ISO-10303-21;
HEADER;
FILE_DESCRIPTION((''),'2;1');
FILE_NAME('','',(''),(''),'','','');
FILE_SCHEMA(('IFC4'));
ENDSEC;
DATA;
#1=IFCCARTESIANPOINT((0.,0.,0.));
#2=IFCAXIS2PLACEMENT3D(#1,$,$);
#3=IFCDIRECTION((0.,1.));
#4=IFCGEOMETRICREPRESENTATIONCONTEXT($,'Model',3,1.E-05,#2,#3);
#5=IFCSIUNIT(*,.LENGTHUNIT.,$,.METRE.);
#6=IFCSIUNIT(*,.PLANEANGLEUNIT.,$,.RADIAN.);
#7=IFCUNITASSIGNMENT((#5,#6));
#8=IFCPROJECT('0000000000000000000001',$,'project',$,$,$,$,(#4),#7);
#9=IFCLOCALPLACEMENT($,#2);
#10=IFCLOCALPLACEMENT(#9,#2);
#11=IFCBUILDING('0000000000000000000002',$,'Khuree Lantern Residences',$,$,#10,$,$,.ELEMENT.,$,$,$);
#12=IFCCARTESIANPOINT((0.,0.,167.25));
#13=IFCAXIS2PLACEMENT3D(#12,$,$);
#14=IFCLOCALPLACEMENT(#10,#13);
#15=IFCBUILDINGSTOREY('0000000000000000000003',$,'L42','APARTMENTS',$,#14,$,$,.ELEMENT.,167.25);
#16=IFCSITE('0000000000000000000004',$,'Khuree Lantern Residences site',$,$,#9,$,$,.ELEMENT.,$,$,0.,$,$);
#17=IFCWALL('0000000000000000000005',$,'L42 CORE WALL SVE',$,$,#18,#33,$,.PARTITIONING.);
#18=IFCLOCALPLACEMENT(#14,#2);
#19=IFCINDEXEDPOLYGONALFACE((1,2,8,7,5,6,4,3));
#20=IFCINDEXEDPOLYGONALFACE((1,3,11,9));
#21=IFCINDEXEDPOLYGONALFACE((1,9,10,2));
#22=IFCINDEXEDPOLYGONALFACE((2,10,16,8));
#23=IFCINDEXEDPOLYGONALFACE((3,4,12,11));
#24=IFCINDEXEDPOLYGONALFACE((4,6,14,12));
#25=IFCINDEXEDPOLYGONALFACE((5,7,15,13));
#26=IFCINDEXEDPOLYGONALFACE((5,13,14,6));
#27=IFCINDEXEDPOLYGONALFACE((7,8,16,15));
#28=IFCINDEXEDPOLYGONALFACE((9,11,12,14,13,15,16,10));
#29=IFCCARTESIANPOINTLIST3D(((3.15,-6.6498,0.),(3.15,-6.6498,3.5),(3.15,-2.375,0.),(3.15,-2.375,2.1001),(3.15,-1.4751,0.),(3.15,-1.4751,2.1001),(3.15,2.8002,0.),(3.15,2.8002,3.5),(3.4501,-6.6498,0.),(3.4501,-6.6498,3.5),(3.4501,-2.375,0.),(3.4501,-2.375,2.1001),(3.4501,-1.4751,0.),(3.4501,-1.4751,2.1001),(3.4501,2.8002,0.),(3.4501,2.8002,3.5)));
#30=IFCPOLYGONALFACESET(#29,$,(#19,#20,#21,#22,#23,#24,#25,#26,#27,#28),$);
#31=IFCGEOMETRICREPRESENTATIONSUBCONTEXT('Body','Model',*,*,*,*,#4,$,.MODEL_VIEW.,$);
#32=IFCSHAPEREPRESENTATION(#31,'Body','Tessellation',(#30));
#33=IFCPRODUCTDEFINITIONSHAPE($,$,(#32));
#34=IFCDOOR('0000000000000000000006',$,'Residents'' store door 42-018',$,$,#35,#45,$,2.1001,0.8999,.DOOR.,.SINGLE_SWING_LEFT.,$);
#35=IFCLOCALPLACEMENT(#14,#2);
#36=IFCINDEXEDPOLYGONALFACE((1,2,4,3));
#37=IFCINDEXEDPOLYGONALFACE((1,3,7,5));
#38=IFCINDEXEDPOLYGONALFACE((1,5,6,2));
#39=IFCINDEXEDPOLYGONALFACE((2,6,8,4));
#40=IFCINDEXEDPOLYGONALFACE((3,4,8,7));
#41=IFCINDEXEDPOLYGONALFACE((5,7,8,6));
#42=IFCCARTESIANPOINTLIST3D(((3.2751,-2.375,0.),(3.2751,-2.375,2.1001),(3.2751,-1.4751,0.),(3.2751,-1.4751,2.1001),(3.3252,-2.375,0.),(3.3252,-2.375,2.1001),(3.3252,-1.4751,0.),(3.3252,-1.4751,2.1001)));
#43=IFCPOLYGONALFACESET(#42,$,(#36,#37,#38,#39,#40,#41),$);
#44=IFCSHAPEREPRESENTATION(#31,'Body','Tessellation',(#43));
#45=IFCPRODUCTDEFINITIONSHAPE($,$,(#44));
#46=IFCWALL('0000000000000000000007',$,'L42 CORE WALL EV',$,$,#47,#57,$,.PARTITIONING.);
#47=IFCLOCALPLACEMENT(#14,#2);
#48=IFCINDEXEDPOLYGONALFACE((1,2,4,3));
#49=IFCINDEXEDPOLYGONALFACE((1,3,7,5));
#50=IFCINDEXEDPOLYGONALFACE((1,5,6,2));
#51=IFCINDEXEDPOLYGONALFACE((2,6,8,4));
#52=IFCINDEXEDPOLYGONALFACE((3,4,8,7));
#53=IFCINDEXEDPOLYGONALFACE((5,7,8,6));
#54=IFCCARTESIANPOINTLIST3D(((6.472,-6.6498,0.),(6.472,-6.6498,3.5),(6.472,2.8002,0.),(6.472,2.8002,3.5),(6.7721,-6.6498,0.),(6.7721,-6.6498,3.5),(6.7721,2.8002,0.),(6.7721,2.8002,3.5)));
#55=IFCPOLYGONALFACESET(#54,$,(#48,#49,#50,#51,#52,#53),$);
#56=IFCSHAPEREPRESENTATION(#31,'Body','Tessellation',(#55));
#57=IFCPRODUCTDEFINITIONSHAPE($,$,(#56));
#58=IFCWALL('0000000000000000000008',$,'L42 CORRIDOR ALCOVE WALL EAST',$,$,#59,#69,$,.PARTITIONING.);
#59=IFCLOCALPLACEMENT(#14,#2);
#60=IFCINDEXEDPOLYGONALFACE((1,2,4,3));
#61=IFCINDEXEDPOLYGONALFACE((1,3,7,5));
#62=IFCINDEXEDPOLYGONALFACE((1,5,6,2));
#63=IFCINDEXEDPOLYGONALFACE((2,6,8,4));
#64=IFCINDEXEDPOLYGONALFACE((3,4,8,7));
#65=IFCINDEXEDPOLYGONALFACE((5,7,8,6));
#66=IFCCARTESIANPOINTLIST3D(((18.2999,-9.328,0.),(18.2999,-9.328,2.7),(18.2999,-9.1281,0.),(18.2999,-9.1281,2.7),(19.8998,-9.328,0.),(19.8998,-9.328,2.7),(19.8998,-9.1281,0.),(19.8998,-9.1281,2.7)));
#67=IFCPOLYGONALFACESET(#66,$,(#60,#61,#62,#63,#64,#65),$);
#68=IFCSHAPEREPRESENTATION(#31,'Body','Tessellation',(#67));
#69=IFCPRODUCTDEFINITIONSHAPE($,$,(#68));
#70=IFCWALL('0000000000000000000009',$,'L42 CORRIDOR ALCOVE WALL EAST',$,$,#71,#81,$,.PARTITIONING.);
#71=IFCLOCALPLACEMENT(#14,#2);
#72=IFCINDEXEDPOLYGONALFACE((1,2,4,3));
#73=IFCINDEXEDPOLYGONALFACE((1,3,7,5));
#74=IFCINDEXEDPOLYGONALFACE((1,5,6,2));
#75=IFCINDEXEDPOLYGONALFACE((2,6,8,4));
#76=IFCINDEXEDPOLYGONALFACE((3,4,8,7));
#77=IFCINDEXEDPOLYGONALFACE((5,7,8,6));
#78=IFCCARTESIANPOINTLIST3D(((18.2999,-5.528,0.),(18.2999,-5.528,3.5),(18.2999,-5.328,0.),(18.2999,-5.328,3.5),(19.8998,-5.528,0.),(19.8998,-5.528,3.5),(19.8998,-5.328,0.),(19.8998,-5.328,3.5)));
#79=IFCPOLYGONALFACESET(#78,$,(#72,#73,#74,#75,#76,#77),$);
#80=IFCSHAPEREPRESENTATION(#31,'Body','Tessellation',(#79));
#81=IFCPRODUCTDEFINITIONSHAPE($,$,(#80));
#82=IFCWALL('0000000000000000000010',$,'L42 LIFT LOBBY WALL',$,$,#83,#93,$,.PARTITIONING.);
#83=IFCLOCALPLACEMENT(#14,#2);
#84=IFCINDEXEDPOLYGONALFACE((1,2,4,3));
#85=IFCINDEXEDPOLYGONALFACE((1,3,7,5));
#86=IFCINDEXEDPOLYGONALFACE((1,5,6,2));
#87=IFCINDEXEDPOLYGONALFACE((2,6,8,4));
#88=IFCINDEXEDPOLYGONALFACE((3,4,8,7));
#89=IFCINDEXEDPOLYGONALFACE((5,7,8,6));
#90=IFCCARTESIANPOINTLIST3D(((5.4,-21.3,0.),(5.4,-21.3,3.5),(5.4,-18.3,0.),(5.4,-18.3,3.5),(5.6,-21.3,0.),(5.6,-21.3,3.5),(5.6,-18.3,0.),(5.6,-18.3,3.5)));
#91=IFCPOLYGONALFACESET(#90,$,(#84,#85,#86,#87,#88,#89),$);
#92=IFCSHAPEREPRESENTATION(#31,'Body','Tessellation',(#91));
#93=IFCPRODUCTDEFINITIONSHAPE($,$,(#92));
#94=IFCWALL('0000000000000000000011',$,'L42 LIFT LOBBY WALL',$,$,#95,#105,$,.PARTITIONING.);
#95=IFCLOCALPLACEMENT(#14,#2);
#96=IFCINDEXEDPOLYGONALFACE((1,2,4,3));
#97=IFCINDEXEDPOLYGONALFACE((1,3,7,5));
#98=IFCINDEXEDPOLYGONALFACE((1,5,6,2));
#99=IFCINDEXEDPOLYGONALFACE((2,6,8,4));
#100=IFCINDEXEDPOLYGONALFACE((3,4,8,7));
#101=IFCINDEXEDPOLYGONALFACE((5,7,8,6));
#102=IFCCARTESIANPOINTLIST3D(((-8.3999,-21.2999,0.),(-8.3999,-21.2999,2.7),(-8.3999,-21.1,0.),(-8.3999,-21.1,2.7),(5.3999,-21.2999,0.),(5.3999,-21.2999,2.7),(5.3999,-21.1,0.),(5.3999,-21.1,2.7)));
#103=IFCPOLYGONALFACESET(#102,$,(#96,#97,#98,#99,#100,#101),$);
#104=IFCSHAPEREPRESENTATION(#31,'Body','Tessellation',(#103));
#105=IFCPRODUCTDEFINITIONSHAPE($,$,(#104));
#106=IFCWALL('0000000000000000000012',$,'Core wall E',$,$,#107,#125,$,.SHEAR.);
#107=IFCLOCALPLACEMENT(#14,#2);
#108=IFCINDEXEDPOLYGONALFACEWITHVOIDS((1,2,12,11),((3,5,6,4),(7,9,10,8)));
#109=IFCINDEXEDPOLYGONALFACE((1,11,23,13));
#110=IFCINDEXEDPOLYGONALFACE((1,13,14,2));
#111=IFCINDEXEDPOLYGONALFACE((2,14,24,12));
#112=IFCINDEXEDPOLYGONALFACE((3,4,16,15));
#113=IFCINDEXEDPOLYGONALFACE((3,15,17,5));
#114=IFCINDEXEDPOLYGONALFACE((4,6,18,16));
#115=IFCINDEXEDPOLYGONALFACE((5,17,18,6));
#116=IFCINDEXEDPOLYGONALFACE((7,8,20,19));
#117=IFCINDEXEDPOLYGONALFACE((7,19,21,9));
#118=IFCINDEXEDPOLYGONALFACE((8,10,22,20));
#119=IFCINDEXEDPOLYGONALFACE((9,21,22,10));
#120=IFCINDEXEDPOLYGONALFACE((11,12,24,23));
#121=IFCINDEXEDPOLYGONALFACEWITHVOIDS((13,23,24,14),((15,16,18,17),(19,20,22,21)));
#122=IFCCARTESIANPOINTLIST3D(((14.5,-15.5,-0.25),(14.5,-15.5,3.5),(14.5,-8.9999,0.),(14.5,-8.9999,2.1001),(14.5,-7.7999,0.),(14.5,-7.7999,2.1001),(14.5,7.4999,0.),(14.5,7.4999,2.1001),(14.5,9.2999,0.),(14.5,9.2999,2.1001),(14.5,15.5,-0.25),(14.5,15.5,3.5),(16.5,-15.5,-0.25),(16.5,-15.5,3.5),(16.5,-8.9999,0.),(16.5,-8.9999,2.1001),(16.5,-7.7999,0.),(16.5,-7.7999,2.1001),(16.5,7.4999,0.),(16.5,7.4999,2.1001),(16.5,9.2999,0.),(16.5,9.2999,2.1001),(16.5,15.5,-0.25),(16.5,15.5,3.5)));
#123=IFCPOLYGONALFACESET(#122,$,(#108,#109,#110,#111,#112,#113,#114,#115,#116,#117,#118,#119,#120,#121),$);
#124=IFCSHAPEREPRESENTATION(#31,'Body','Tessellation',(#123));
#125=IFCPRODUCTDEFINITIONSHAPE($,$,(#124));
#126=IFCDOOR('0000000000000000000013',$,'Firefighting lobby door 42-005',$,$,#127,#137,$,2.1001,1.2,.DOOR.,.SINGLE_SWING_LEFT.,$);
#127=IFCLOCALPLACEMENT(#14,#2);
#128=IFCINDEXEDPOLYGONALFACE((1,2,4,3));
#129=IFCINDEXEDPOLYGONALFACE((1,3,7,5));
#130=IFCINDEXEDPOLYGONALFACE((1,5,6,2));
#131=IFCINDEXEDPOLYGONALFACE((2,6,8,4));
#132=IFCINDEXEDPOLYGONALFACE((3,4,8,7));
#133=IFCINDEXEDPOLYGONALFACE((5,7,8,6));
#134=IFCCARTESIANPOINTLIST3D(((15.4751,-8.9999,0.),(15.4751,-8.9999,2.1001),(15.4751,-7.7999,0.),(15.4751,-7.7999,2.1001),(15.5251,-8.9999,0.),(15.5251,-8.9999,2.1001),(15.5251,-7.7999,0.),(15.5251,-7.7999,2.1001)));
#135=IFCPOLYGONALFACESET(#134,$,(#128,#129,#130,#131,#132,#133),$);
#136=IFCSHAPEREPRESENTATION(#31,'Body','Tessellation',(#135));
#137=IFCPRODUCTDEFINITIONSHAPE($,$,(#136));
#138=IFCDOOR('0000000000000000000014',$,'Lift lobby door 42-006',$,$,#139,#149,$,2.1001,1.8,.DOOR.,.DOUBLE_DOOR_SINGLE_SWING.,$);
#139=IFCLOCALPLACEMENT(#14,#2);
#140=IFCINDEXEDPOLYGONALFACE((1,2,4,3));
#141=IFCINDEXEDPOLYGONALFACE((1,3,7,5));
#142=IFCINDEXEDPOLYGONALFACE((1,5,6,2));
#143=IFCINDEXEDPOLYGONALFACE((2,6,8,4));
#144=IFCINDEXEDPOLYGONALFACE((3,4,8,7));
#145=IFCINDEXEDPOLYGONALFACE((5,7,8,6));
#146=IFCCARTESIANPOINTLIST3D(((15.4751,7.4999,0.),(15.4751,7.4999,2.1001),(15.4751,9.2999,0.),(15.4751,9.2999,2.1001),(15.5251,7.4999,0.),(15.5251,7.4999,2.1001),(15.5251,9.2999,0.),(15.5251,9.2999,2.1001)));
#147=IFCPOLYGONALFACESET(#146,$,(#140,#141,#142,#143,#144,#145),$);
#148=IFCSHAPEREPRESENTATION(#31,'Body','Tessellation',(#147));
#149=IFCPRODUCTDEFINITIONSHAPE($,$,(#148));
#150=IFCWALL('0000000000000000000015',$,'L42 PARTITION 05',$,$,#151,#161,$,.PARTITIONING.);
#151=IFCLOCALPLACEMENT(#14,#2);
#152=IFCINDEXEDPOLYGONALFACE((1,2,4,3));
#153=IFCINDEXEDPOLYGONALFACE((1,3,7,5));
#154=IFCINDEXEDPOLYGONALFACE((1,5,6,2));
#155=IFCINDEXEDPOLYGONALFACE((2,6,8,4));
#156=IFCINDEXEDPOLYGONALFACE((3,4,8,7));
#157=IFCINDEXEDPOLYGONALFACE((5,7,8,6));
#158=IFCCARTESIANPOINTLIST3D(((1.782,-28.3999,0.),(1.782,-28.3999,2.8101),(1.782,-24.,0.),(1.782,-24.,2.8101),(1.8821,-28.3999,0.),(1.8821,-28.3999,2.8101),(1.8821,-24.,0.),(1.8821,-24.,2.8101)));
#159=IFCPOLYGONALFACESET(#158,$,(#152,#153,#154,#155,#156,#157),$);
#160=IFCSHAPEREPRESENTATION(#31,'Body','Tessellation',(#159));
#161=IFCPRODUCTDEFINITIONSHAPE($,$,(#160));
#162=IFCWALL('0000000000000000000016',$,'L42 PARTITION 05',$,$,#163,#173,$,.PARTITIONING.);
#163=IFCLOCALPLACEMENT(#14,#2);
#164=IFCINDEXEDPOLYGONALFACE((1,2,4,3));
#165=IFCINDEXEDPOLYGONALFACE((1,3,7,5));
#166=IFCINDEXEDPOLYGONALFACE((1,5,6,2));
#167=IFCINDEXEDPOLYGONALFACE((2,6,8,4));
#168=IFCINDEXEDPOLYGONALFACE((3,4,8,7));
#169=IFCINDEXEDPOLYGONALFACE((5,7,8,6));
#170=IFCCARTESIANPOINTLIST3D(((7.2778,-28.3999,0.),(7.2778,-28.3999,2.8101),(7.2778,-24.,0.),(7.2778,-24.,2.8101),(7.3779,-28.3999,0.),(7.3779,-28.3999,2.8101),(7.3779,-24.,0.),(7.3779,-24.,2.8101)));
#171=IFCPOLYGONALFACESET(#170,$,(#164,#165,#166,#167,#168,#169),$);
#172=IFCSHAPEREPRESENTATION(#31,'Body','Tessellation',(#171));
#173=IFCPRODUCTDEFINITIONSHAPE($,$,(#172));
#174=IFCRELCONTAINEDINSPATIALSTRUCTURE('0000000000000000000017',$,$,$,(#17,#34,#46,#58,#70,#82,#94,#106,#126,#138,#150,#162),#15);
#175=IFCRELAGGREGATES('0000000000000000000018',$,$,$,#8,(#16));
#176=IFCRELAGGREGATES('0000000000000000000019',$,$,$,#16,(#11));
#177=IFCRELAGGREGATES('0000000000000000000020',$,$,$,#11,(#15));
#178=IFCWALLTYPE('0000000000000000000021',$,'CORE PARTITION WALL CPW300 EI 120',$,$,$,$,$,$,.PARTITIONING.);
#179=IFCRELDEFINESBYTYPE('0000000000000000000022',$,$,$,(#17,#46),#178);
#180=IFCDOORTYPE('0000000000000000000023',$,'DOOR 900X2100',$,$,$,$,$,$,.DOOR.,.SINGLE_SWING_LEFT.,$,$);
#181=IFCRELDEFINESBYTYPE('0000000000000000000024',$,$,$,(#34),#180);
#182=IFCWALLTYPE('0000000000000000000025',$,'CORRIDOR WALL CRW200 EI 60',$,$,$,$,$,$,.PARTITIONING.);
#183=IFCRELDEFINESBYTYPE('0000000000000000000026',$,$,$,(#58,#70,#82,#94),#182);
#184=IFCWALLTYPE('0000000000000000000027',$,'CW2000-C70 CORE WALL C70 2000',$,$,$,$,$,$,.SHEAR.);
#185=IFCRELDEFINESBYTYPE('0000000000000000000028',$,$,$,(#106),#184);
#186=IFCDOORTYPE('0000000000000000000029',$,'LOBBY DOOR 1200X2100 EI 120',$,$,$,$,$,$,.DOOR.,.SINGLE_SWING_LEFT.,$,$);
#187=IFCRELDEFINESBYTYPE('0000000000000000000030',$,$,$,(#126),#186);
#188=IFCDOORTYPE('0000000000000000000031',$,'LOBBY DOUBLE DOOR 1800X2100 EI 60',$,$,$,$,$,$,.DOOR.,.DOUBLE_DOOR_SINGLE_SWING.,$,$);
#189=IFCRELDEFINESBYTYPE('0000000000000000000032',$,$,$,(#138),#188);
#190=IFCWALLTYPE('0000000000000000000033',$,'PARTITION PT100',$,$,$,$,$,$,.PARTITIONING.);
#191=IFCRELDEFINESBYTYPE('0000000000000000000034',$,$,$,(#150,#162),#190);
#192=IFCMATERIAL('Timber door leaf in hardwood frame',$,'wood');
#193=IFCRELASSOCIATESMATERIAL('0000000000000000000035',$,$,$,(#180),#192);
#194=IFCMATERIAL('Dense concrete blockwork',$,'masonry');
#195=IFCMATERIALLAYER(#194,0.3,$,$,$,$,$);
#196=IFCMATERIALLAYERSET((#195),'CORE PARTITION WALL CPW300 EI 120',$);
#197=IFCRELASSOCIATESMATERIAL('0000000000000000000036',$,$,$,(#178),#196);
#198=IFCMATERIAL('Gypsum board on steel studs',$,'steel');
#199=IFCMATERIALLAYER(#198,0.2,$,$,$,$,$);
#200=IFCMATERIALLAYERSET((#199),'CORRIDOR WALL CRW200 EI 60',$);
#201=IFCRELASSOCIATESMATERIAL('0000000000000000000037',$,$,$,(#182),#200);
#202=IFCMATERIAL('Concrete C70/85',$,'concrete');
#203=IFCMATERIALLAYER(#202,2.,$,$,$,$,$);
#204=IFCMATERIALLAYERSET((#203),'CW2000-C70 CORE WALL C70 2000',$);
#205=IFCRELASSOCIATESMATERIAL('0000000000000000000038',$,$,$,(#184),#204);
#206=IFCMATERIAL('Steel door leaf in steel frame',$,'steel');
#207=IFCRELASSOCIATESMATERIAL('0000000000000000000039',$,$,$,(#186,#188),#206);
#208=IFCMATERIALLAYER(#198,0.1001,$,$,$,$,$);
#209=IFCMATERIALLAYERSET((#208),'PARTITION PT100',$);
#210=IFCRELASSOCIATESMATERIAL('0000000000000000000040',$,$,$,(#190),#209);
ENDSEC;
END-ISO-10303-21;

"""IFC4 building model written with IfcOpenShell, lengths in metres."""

from ifc_helpers import new_model, si_unit, direction, frame, frame_2d, origin, place, context, subcontext, project, spatial, rectangle, extrude, material, layer, layer_set, type_object, element, fill, save


model = new_model("IFC4")

# Units and contexts
model_context = context("Model", 3, precision=1e-05, world=origin(), true_north=direction((0.0, 1.0)))
body_context = subcontext(model_context, "Body", "Model", "MODEL_VIEW")
ifc_project = project(units=[si_unit("LENGTHUNIT", "METRE"), si_unit("PLANEANGLEUNIT", "RADIAN")], contexts=[model_context])

# Site, building, storey
site_placement = place(None, origin())
site = spatial("IfcSite", under=ifc_project, at=site_placement, Name="Khuree Lantern Residences site", CompositionType="ELEMENT", RefElevation=0.0)
building_placement = place(site_placement, origin())
building = spatial("IfcBuilding", under=site, at=building_placement, Name="Khuree Lantern Residences", CompositionType="ELEMENT")
storey_placement = place(building_placement, frame((0.0, 0.0, 167.25)))
storey = spatial("IfcBuildingStorey", under=building, at=storey_placement, Name="L42", Description="APARTMENTS", CompositionType="ELEMENT", Elevation=167.25)

# Shared definitions
ifc_material_1 = material(Name="Concrete C70/85", Category="concrete")

# Shared definitions
ifc_material_2 = material(Name="Timber door leaf in hardwood frame", Category="wood")
door_type_1 = type_object("IfcDoorType", Name="DOOR 900X2100", OperationType="SINGLE_SWING_LEFT", PredefinedType="DOOR", material=ifc_material_2)

# Shared definitions
ifc_material_3 = material(Name="Dense concrete blockwork", Category="masonry")
ifc_layer_1 = layer(ifc_material_3, 0.3)
ifc_layer_set_1 = layer_set([ifc_layer_1], Name="CORE PARTITION WALL CPW300 EI 120")
wall_type_1 = type_object("IfcWallType", Name="CORE PARTITION WALL CPW300 EI 120", PredefinedType="PARTITIONING", material=ifc_layer_set_1)

# Wall, opening, door
wall_1_placement = place(storey_placement, frame((3.3, -6.6499, 0.0), z_axis=(0.0, 0.0, 1.0), x_axis=(0.0, 1.0, 0.0)))
wall_1 = element("IfcWall", 1, at=wall_1_placement, inside=storey, type_object=wall_type_1, Name="L42 CORE WALL SVE", PredefinedType="PARTITIONING", context=body_context, shape_type="SweptSolid", body=[
    extrude(rectangle(XDim=9.45, YDim=0.3, at=frame_2d((4.7251, 0.0))), origin(), (0.0, 0.0, 1.0), 3.5),
])
opening_1_placement = place(wall_1_placement, frame((4.2749, 0.0, 0.0)))
opening_1 = element("IfcOpeningElement", 2, at=opening_1_placement, cuts=wall_1, PredefinedType="OPENING", context=body_context, shape_type="SweptSolid", body=[
    extrude(rectangle(XDim=0.8999, YDim=2.1001, at=frame_2d((0.45, 1.05))), frame((0.0, 0.1602, 0.0), z_axis=(0.0, -1.0, 0.0), x_axis=(1.0, 0.0, 0.0)), (0.0, 0.0, 1.0), 0.3201),
])
door_1_placement = place(opening_1_placement, origin())
door_1 = element("IfcDoor", 3, at=door_1_placement, inside=storey, type_object=door_type_1, Name="Residents' store door 42-018", OperationType="SINGLE_SWING_LEFT", OverallHeight=2.1001, OverallWidth=0.8999, PredefinedType="DOOR", context=body_context, shape_type="SweptSolid", body=[
    extrude(rectangle(XDim=0.8999, YDim=2.1001, at=frame_2d((0.45, 1.05))), frame((0.0, 0.0249, 0.0), z_axis=(0.0, -1.0, 0.0), x_axis=(1.0, 0.0, 0.0)), (0.0, 0.0, 1.0), 0.05),
])
fill(opening_1, door_1)

# Walls
wall_2_placement = place(storey_placement, frame((6.6221, -6.6499, 0.0), z_axis=(0.0, 0.0, 1.0), x_axis=(0.0, 1.0, 0.0)))
element("IfcWall", 4, at=wall_2_placement, inside=storey, type_object=wall_type_1, Name="L42 CORE WALL EV", PredefinedType="PARTITIONING", context=body_context, shape_type="SweptSolid", body=[
    extrude(rectangle(XDim=9.45, YDim=0.3, at=frame_2d((4.7251, 0.0))), origin(), (0.0, 0.0, 1.0), 3.5),
])
ifc_material_4 = material(Name="Gypsum board on steel studs", Category="steel")
ifc_layer_2 = layer(ifc_material_4, 0.2)
ifc_layer_set_2 = layer_set([ifc_layer_2], Name="CORRIDOR WALL CRW200 EI 60")
wall_type_2 = type_object("IfcWallType", Name="CORRIDOR WALL CRW200 EI 60", PredefinedType="PARTITIONING", material=ifc_layer_set_2)
wall_3_placement = place(storey_placement, frame((18.3, -9.228, 0.0), z_axis=(0.0, 0.0, 1.0), x_axis=(1.0, 0.0, 0.0)))
element("IfcWall", 5, at=wall_3_placement, inside=storey, type_object=wall_type_2, Name="L42 CORRIDOR ALCOVE WALL EAST", PredefinedType="PARTITIONING", context=body_context, shape_type="SweptSolid", body=[
    extrude(rectangle(XDim=1.5999, YDim=0.2, at=frame_2d((0.7998, 0.0))), origin(), (0.0, 0.0, 1.0), 2.7),
])
wall_4_placement = place(storey_placement, frame((18.3, -5.428, 0.0), z_axis=(0.0, 0.0, 1.0), x_axis=(1.0, 0.0, 0.0)))
element("IfcWall", 6, at=wall_4_placement, inside=storey, type_object=wall_type_2, Name="L42 CORRIDOR ALCOVE WALL EAST", PredefinedType="PARTITIONING", context=body_context, shape_type="SweptSolid", body=[
    extrude(rectangle(XDim=1.5999, YDim=0.2, at=frame_2d((0.7998, 0.0))), origin(), (0.0, 0.0, 1.0), 3.5),
])
wall_5_placement = place(storey_placement, frame((5.5, -18.3, 0.0), z_axis=(0.0, 0.0, 1.0), x_axis=(0.0, -1.0, 0.0)))
element("IfcWall", 7, at=wall_5_placement, inside=storey, type_object=wall_type_2, Name="L42 LIFT LOBBY WALL", PredefinedType="PARTITIONING", context=body_context, shape_type="SweptSolid", body=[
    extrude(rectangle(XDim=3.0, YDim=0.2, at=frame_2d((1.5, 0.0))), origin(), (0.0, 0.0, 1.0), 3.5),
])
wall_6_placement = place(storey_placement, frame((5.3999, -21.2, 0.0), z_axis=(0.0, 0.0, 1.0), x_axis=(-1.0, 0.0, 0.0)))
element("IfcWall", 8, at=wall_6_placement, inside=storey, type_object=wall_type_2, Name="L42 LIFT LOBBY WALL", PredefinedType="PARTITIONING", context=body_context, shape_type="SweptSolid", body=[
    extrude(rectangle(XDim=13.7998, YDim=0.2, at=frame_2d((6.8999, 0.0))), origin(), (0.0, 0.0, 1.0), 2.7),
])

# Wall, openings, doors
ifc_layer_3 = layer(ifc_material_1, 2.0)
ifc_layer_set_3 = layer_set([ifc_layer_3], Name="CW2000-C70 CORE WALL C70 2000")
wall_type_3 = type_object("IfcWallType", Name="CW2000-C70 CORE WALL C70 2000", PredefinedType="SHEAR", material=ifc_layer_set_3)
wall_7_placement = place(storey_placement, frame((15.5, -15.5, -0.25), z_axis=(0.0, 0.0, 1.0), x_axis=(0.0, 1.0, 0.0)))
wall_7 = element("IfcWall", 9, at=wall_7_placement, inside=storey, type_object=wall_type_3, Name="Core wall E", PredefinedType="SHEAR", context=body_context, shape_type="SweptSolid", body=[
    extrude(rectangle(XDim=31.0, YDim=2.0, at=frame_2d((15.5, 0.0))), origin(), (0.0, 0.0, 1.0), 3.75),
])
opening_2_placement = place(wall_7_placement, frame((6.5, 0.0, 0.25)))
opening_2 = element("IfcOpeningElement", 10, at=opening_2_placement, cuts=wall_7, PredefinedType="OPENING", context=body_context, shape_type="SweptSolid", body=[
    extrude(rectangle(XDim=1.2, YDim=2.1001, at=frame_2d((0.6001, 1.05))), frame((0.0, 1.01, 0.0), z_axis=(0.0, -1.0, 0.0), x_axis=(1.0, 0.0, 0.0)), (0.0, 0.0, 1.0), 2.02),
])
opening_3_placement = place(wall_7_placement, frame((23.0, 0.0, 0.25)))
opening_3 = element("IfcOpeningElement", 11, at=opening_3_placement, cuts=wall_7, PredefinedType="OPENING", context=body_context, shape_type="SweptSolid", body=[
    extrude(rectangle(XDim=1.8, YDim=2.1001, at=frame_2d((0.8999, 1.05))), frame((0.0, 1.01, 0.0), z_axis=(0.0, -1.0, 0.0), x_axis=(1.0, 0.0, 0.0)), (0.0, 0.0, 1.0), 2.02),
])
ifc_material_5 = material(Name="Steel door leaf in steel frame", Category="steel")
door_type_2 = type_object("IfcDoorType", Name="LOBBY DOOR 1200X2100 EI 120", OperationType="SINGLE_SWING_LEFT", PredefinedType="DOOR", material=ifc_material_5)
door_2_placement = place(opening_2_placement, origin())
door_2 = element("IfcDoor", 12, at=door_2_placement, inside=storey, type_object=door_type_2, Name="Firefighting lobby door 42-005", OperationType="SINGLE_SWING_LEFT", OverallHeight=2.1001, OverallWidth=1.2, PredefinedType="DOOR", context=body_context, shape_type="SweptSolid", body=[
    extrude(rectangle(XDim=1.2, YDim=2.1001, at=frame_2d((0.6001, 1.05))), frame((0.0, 0.0249, 0.0), z_axis=(0.0, -1.0, 0.0), x_axis=(1.0, 0.0, 0.0)), (0.0, 0.0, 1.0), 0.05),
])
fill(opening_2, door_2)
door_type_3 = type_object("IfcDoorType", Name="LOBBY DOUBLE DOOR 1800X2100 EI 60", OperationType="DOUBLE_DOOR_SINGLE_SWING", PredefinedType="DOOR", material=ifc_material_5)
door_3_placement = place(opening_3_placement, origin())
door_3 = element("IfcDoor", 13, at=door_3_placement, inside=storey, type_object=door_type_3, Name="Lift lobby door 42-006", OperationType="DOUBLE_DOOR_SINGLE_SWING", OverallHeight=2.1001, OverallWidth=1.8, PredefinedType="DOOR", context=body_context, shape_type="SweptSolid", body=[
    extrude(rectangle(XDim=1.8, YDim=2.1001, at=frame_2d((0.8999, 1.05))), frame((0.0, 0.0249, 0.0), z_axis=(0.0, -1.0, 0.0), x_axis=(1.0, 0.0, 0.0)), (0.0, 0.0, 1.0), 0.05),
])
fill(opening_3, door_3)

# Walls
ifc_layer_4 = layer(ifc_material_4, 0.1001)
ifc_layer_set_4 = layer_set([ifc_layer_4], Name="PARTITION PT100")
wall_type_4 = type_object("IfcWallType", Name="PARTITION PT100", PredefinedType="PARTITIONING", material=ifc_layer_set_4)
for number, where, z_axis, x_axis, name in (
    (14, (1.832, -24.0, 0.0), (0.0, 0.0, 1.0), (0.0, -1.0, 0.0), "L42 PARTITION 05"),
    (15, (7.3279, -24.0, 0.0), (0.0, 0.0, 1.0), (0.0, -1.0, 0.0), "L42 PARTITION 05"),
):
    element("IfcWall", number, at=place(storey_placement, frame(where, z_axis=z_axis, x_axis=x_axis)), inside=storey, type_object=wall_type_4, Name=name, PredefinedType="PARTITIONING", context=body_context, shape_type="SweptSolid", body=[
        extrude(rectangle(XDim=4.3999, YDim=0.1001, at=frame_2d((2.2, 0.0))), origin(), (0.0, 0.0, 1.0), 2.8101),
    ])

save(model, "model.ifc")
